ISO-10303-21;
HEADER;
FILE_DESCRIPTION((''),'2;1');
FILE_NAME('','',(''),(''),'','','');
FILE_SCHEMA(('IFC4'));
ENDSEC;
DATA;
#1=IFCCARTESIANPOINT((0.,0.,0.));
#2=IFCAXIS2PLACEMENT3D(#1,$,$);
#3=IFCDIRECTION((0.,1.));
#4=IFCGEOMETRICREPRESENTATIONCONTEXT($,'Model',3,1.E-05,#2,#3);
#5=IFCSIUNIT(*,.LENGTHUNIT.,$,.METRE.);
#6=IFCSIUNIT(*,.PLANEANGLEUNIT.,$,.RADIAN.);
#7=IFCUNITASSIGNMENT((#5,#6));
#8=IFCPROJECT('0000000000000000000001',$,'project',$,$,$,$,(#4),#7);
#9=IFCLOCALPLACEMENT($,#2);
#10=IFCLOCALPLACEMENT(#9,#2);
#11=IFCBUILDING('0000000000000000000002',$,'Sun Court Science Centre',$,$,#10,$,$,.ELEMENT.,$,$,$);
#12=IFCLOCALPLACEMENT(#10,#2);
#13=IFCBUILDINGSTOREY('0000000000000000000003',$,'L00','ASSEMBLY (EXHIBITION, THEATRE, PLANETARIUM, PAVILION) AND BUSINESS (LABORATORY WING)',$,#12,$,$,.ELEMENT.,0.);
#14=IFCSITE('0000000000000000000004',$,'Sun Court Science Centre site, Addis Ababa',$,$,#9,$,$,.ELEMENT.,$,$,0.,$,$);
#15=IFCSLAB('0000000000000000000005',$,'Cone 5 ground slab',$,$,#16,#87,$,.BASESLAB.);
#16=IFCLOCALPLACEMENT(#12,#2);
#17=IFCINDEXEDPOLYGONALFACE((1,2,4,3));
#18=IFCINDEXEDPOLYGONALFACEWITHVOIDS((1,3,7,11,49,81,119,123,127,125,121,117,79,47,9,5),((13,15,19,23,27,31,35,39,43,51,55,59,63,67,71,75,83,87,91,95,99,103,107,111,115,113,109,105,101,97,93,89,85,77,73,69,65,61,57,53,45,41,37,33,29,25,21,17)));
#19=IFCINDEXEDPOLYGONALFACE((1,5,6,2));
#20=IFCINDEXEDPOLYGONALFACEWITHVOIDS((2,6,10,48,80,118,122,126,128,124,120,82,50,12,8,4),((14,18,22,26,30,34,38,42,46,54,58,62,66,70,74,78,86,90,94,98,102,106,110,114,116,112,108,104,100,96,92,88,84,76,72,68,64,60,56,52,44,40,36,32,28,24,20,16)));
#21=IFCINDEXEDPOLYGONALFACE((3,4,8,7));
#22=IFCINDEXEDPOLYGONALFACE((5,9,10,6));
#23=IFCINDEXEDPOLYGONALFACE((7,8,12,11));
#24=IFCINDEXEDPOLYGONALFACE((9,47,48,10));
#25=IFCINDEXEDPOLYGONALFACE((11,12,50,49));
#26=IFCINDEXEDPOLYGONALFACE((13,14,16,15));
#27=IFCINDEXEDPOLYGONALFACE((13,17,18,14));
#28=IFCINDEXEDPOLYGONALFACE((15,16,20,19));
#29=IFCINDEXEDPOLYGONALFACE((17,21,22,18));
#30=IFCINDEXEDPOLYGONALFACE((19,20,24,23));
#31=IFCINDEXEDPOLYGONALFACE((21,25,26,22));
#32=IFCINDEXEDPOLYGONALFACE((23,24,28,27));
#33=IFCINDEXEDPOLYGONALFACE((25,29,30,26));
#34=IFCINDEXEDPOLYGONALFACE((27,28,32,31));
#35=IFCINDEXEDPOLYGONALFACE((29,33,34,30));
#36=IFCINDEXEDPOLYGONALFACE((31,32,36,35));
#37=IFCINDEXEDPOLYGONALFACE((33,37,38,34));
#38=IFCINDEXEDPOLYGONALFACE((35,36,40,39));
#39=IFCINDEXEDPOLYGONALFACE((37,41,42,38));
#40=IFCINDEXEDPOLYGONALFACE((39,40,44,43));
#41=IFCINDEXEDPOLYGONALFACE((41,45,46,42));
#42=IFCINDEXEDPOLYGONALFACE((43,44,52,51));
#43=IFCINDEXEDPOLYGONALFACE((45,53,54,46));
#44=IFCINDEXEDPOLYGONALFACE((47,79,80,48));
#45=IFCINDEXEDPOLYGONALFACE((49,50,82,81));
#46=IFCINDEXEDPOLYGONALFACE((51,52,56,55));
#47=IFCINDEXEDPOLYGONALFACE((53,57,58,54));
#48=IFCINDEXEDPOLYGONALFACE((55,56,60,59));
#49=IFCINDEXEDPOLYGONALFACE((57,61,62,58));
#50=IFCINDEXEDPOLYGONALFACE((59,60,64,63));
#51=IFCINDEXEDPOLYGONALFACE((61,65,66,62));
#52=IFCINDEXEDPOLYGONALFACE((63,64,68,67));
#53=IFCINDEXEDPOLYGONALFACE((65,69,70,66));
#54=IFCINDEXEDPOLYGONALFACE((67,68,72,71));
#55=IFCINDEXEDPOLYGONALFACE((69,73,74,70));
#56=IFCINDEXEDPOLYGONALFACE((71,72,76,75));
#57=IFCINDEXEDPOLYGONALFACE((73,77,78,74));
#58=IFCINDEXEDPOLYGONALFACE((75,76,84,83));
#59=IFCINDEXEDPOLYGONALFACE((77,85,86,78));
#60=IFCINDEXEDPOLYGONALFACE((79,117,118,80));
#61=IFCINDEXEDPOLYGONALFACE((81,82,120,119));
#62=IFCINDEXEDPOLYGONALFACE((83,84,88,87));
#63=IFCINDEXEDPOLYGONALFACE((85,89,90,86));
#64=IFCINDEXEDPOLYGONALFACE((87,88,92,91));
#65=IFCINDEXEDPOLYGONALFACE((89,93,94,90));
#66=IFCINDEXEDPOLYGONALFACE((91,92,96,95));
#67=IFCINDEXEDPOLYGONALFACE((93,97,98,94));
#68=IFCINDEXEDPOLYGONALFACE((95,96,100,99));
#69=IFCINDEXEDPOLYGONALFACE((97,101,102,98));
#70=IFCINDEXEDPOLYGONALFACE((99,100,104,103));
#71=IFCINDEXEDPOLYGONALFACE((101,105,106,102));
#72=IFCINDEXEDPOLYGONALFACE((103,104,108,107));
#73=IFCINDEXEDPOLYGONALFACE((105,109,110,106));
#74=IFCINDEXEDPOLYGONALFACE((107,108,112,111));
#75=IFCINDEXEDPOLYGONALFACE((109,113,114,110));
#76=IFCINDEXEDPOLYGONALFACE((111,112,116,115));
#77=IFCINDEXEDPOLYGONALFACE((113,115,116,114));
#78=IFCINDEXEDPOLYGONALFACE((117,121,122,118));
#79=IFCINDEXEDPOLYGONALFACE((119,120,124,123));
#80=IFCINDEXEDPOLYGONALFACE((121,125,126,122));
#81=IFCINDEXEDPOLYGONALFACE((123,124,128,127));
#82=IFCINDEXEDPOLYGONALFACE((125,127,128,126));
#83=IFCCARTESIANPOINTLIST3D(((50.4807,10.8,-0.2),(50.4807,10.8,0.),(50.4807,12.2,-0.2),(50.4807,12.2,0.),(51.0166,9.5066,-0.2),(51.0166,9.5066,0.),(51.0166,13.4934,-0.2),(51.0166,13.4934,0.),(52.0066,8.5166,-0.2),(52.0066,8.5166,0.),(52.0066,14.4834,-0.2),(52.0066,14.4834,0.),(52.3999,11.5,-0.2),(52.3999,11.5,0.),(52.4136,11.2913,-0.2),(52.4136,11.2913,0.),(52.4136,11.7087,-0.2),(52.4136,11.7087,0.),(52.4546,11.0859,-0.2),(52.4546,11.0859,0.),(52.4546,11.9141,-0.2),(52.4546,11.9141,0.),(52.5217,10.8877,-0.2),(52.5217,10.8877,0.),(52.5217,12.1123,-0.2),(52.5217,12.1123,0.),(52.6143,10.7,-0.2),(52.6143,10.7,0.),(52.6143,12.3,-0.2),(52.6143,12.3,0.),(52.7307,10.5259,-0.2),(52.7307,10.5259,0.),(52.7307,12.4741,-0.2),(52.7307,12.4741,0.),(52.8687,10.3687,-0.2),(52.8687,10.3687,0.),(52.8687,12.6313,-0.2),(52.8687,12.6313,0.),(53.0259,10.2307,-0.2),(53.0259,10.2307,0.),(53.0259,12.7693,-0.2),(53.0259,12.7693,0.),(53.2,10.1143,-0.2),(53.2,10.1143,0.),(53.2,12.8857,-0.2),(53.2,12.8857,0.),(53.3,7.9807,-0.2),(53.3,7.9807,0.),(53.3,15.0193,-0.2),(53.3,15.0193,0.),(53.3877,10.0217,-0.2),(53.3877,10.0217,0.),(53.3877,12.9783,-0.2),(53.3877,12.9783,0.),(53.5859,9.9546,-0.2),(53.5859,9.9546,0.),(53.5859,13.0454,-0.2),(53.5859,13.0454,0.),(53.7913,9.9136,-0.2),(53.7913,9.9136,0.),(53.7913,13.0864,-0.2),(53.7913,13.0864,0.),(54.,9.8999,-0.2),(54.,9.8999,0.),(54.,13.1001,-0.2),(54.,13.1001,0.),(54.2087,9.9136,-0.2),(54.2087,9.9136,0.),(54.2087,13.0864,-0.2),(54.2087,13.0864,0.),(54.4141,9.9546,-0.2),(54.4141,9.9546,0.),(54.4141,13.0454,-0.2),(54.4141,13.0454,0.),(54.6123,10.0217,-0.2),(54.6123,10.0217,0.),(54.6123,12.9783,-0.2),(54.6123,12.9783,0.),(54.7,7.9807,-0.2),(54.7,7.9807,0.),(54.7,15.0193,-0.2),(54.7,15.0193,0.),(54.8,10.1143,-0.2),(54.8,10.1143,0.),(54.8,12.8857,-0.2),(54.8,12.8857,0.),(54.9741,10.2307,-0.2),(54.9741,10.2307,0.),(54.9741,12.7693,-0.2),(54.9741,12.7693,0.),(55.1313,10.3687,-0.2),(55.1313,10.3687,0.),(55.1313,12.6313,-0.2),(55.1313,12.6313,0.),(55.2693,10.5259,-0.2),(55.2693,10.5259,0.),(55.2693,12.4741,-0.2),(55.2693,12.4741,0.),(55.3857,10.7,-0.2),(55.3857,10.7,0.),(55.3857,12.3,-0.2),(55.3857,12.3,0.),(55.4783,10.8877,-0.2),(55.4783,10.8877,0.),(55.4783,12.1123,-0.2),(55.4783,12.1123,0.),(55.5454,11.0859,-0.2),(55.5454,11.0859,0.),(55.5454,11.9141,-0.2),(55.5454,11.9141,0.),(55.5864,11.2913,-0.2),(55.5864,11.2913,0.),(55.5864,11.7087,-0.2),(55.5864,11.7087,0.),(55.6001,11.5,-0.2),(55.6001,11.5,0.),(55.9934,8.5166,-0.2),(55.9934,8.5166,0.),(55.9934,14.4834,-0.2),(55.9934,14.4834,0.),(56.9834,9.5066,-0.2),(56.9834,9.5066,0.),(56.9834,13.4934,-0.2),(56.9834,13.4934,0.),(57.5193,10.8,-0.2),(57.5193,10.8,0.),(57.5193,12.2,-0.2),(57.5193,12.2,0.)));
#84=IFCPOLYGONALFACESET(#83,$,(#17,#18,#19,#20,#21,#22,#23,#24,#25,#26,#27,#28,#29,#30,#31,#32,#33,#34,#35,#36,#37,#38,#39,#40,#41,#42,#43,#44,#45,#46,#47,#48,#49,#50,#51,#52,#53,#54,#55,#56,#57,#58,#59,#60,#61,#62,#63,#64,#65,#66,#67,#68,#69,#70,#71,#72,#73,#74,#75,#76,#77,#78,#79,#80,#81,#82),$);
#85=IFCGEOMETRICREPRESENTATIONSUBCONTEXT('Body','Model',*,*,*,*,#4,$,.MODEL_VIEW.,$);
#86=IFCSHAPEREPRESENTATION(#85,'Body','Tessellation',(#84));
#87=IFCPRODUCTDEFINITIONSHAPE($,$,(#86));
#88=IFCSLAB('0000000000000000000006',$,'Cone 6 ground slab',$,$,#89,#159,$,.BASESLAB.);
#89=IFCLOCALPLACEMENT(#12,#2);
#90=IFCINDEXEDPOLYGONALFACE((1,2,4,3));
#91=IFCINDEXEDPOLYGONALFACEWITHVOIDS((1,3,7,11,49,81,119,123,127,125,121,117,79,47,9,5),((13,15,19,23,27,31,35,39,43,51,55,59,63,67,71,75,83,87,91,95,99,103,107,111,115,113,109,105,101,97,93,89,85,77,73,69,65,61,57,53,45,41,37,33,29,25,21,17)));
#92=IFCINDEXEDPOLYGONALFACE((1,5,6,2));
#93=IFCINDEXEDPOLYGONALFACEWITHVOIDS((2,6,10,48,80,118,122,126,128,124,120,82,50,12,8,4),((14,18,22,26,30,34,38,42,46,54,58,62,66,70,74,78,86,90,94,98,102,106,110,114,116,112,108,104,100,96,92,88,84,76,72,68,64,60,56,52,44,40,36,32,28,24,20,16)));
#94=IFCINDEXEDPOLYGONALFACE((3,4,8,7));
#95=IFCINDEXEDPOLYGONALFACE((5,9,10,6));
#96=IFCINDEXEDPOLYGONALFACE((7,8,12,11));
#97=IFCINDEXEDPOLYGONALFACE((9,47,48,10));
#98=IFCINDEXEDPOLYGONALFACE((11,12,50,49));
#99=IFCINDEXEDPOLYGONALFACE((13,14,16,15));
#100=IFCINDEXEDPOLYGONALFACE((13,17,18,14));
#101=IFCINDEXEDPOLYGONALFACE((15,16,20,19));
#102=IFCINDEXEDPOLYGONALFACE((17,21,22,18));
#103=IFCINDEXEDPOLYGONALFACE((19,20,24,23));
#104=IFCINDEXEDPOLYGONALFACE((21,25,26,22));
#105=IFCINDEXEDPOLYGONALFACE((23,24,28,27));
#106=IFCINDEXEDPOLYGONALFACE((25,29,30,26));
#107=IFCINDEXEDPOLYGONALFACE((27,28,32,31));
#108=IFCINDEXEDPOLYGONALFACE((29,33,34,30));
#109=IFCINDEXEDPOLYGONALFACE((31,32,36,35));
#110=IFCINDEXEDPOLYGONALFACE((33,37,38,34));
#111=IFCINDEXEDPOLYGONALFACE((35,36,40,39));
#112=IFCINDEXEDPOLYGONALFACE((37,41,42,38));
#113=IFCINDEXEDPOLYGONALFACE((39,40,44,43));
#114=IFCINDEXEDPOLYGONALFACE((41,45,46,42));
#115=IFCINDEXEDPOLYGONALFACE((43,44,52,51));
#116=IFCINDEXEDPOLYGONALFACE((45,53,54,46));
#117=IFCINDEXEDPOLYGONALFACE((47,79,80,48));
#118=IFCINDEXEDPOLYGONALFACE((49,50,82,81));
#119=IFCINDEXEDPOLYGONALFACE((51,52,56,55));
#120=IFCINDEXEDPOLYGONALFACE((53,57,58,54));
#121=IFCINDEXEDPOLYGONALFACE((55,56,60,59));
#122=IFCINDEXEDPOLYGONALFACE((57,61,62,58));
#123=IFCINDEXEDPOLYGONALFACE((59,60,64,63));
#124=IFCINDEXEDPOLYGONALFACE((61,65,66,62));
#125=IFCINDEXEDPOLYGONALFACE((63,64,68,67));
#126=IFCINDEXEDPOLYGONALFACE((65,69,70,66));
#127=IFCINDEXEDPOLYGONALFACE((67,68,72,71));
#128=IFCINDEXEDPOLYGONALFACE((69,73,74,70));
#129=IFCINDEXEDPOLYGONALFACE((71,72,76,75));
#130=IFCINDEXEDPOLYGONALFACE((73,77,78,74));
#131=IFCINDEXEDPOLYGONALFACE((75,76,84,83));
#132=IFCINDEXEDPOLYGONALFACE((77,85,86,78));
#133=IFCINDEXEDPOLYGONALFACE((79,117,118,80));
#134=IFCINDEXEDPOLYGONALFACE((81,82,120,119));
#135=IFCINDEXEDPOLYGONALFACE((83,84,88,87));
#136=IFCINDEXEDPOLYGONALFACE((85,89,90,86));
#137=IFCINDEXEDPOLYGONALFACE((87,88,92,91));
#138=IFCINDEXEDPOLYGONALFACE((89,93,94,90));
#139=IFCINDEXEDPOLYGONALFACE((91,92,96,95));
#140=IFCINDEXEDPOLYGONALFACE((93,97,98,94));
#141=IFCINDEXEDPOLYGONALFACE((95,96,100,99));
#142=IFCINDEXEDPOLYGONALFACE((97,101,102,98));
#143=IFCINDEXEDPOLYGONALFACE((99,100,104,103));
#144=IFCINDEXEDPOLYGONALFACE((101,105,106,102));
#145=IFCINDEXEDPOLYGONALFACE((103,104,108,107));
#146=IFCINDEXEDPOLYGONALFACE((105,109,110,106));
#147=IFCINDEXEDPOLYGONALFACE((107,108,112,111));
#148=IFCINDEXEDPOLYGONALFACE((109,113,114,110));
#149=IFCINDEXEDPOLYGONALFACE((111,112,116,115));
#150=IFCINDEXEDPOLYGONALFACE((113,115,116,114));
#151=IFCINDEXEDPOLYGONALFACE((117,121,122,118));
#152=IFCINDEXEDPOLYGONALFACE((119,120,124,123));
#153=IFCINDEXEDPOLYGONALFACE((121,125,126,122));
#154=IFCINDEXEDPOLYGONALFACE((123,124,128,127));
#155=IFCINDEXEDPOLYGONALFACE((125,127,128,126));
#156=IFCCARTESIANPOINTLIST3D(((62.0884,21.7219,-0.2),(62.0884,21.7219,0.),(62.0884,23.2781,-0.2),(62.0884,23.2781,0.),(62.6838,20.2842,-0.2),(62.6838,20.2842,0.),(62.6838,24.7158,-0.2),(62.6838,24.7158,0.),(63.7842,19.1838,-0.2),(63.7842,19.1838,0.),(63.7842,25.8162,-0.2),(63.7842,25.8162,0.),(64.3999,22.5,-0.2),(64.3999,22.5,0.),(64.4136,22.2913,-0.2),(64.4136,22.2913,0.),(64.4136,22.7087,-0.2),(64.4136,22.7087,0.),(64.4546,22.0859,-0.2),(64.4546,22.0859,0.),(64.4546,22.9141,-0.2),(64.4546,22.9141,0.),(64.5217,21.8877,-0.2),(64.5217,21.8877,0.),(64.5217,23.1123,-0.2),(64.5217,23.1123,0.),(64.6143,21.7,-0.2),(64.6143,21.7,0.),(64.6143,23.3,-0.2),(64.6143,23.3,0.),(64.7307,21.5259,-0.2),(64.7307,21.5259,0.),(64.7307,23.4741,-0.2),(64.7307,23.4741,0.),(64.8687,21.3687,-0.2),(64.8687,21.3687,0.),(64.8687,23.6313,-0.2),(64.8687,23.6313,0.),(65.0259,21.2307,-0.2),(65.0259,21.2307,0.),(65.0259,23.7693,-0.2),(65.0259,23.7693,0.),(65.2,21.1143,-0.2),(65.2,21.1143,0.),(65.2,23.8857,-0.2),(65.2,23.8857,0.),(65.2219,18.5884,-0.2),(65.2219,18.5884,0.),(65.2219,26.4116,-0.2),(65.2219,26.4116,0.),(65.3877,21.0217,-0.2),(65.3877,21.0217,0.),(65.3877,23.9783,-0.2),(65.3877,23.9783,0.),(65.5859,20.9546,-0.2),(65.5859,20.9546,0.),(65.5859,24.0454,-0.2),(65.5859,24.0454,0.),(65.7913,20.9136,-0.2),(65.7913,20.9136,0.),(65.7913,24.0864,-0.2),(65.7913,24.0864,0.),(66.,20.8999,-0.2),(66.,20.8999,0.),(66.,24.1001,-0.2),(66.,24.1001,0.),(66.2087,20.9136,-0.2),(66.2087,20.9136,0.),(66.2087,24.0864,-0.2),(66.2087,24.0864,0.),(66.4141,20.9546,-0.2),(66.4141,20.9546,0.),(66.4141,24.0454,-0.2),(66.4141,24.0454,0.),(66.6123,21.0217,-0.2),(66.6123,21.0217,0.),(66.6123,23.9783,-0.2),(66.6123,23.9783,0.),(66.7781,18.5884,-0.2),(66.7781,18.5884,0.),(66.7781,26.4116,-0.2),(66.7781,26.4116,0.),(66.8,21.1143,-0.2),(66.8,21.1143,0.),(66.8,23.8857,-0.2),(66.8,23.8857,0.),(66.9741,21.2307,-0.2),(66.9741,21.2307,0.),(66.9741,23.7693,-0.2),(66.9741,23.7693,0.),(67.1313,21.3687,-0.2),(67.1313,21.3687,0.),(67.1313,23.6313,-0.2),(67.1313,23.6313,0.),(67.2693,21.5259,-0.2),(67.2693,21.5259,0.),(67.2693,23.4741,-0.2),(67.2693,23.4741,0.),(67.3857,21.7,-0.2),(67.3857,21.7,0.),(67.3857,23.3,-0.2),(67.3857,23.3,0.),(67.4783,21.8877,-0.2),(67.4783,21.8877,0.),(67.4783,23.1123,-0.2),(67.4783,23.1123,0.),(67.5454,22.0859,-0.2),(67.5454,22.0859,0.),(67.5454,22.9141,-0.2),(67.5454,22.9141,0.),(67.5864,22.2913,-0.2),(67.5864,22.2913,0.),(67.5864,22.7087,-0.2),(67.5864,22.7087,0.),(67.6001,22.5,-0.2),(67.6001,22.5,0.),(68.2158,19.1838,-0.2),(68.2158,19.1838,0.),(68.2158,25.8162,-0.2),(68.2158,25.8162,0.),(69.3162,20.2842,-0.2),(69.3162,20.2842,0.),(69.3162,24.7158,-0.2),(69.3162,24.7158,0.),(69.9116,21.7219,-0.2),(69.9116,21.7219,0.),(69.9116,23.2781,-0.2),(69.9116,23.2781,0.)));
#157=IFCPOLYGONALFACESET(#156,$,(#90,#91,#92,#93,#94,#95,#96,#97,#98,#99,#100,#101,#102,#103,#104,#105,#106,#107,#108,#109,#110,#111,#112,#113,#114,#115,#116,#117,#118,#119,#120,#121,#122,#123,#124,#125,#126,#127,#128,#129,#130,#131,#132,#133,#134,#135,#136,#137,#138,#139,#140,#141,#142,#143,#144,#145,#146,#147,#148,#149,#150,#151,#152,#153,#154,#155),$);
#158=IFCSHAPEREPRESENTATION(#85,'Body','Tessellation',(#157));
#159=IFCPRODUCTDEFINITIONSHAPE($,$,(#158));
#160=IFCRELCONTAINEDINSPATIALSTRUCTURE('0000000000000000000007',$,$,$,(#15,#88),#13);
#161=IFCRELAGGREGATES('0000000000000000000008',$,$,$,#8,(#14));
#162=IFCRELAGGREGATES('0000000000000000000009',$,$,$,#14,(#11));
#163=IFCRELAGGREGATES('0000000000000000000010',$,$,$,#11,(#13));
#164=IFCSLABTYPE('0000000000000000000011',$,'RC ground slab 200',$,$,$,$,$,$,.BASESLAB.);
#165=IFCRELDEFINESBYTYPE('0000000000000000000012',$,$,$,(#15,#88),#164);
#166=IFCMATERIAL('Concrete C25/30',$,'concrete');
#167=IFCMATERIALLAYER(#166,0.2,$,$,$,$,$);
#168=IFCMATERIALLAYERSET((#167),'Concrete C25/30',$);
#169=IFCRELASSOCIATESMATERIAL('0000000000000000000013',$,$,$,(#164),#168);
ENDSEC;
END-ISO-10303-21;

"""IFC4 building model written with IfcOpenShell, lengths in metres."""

from ifc_helpers import new_model, si_unit, direction, frame, origin, place, context, subcontext, project, spatial, polyline, outline, extrude, material, layer, layer_set, type_object, element, save


model = new_model("IFC4")

# Units and contexts
model_context = context("Model", 3, precision=1e-05, world=origin(), true_north=direction((0.0, 1.0)))
body_context = subcontext(model_context, "Body", "Model", "MODEL_VIEW")
ifc_project = project(units=[si_unit("LENGTHUNIT", "METRE"), si_unit("PLANEANGLEUNIT", "RADIAN")], contexts=[model_context])

# Site, building, storey
site_placement = place(None, origin())
site = spatial("IfcSite", under=ifc_project, at=site_placement, Name="Sun Court Science Centre site, Addis Ababa", CompositionType="ELEMENT", RefElevation=0.0)
building_placement = place(site_placement, origin())
building = spatial("IfcBuilding", under=site, at=building_placement, Name="Sun Court Science Centre", CompositionType="ELEMENT")
storey_placement = place(building_placement, origin())
storey = spatial("IfcBuildingStorey", under=building, at=storey_placement, Name="L00", Description="ASSEMBLY (EXHIBITION, THEATRE, PLANETARIUM, PAVILION) AND BUSINESS (LABORATORY WING)", CompositionType="ELEMENT", Elevation=0.0)

# Slabs
ifc_material_1 = material(Name="Concrete C25/30", Category="concrete")
ifc_layer_1 = layer(ifc_material_1, 0.2)
ifc_layer_set_1 = layer_set([ifc_layer_1], Name="Concrete C25/30")
slab_type = type_object("IfcSlabType", Name="RC ground slab 200", PredefinedType="BASESLAB", material=ifc_layer_set_1)
slab_1_placement = place(storey_placement, frame((0.0, 0.0, -0.2)))
element("IfcSlab", 1, at=slab_1_placement, inside=storey, type_object=slab_type, Name="Cone 5 ground slab", PredefinedType="BASESLAB", context=body_context, shape_type="SweptSolid", body=[
    extrude(outline(polyline([(57.5193, 10.8), (57.5193, 12.2), (56.9834, 13.4934), (55.9934, 14.4834), (54.7, 15.0193), (53.3, 15.0193), (52.0066, 14.4834), (51.0166, 13.4934), (50.4807, 12.2), (50.4807, 10.8), (51.0166, 9.5066), (52.0066, 8.5166), (53.3, 7.9807), (54.7, 7.9807), (55.9934, 8.5166), (56.9834, 9.5066), (57.5193, 10.8)]), holes=[polyline([(55.5864, 11.7087), (55.6001, 11.5), (55.5864, 11.2913), (55.5454, 11.0859), (55.4783, 10.8877), (55.3857, 10.7), (55.2693, 10.5259), (55.1313, 10.3687), (54.9741, 10.2307), (54.8, 10.1143), (54.6123, 10.0217), (54.4141, 9.9546), (54.2087, 9.9136), (54.0, 9.8999), (53.7913, 9.9136), (53.5859, 9.9546), (53.3877, 10.0217), (53.2, 10.1143), (53.0259, 10.2307), (52.8687, 10.3687), (52.7307, 10.5259), (52.6143, 10.7), (52.5217, 10.8877), (52.4546, 11.0859), (52.4136, 11.2913), (52.3999, 11.5), (52.4136, 11.7087), (52.4546, 11.9141), (52.5217, 12.1123), (52.6143, 12.3), (52.7307, 12.4741), (52.8687, 12.6313), (53.0259, 12.7693), (53.2, 12.8857), (53.3877, 12.9783), (53.5859, 13.0454), (53.7913, 13.0864), (54.0, 13.1001), (54.2087, 13.0864), (54.4141, 13.0454), (54.6123, 12.9783), (54.8, 12.8857), (54.9741, 12.7693), (55.1313, 12.6313), (55.2693, 12.4741), (55.3857, 12.3), (55.4783, 12.1123), (55.5454, 11.9141), (55.5864, 11.7087)])]), origin(), (0.0, 0.0, 1.0), 0.2),
])
slab_2_placement = place(storey_placement, frame((0.0, 0.0, -0.2)))
element("IfcSlab", 2, at=slab_2_placement, inside=storey, type_object=slab_type, Name="Cone 6 ground slab", PredefinedType="BASESLAB", context=body_context, shape_type="SweptSolid", body=[
    extrude(outline(polyline([(69.9116, 21.7219), (69.9116, 23.2781), (69.3162, 24.7158), (68.2158, 25.8162), (66.7781, 26.4116), (65.2219, 26.4116), (63.7842, 25.8162), (62.6838, 24.7158), (62.0884, 23.2781), (62.0884, 21.7219), (62.6838, 20.2842), (63.7842, 19.1838), (65.2219, 18.5884), (66.7781, 18.5884), (68.2158, 19.1838), (69.3162, 20.2842), (69.9116, 21.7219)]), holes=[polyline([(67.5864, 22.7087), (67.6001, 22.5), (67.5864, 22.2913), (67.5454, 22.0859), (67.4783, 21.8877), (67.3857, 21.7), (67.2693, 21.5259), (67.1313, 21.3687), (66.9741, 21.2307), (66.8, 21.1143), (66.6123, 21.0217), (66.4141, 20.9546), (66.2087, 20.9136), (66.0, 20.8999), (65.7913, 20.9136), (65.5859, 20.9546), (65.3877, 21.0217), (65.2, 21.1143), (65.0259, 21.2307), (64.8687, 21.3687), (64.7307, 21.5259), (64.6143, 21.7), (64.5217, 21.8877), (64.4546, 22.0859), (64.4136, 22.2913), (64.3999, 22.5), (64.4136, 22.7087), (64.4546, 22.9141), (64.5217, 23.1123), (64.6143, 23.3), (64.7307, 23.4741), (64.8687, 23.6313), (65.0259, 23.7693), (65.2, 23.8857), (65.3877, 23.9783), (65.5859, 24.0454), (65.7913, 24.0864), (66.0, 24.1001), (66.2087, 24.0864), (66.4141, 24.0454), (66.6123, 23.9783), (66.8, 23.8857), (66.9741, 23.7693), (67.1313, 23.6313), (67.2693, 23.4741), (67.3857, 23.3), (67.4783, 23.1123), (67.5454, 22.9141), (67.5864, 22.7087)])]), origin(), (0.0, 0.0, 1.0), 0.2),
])

save(model, "model.ifc")
